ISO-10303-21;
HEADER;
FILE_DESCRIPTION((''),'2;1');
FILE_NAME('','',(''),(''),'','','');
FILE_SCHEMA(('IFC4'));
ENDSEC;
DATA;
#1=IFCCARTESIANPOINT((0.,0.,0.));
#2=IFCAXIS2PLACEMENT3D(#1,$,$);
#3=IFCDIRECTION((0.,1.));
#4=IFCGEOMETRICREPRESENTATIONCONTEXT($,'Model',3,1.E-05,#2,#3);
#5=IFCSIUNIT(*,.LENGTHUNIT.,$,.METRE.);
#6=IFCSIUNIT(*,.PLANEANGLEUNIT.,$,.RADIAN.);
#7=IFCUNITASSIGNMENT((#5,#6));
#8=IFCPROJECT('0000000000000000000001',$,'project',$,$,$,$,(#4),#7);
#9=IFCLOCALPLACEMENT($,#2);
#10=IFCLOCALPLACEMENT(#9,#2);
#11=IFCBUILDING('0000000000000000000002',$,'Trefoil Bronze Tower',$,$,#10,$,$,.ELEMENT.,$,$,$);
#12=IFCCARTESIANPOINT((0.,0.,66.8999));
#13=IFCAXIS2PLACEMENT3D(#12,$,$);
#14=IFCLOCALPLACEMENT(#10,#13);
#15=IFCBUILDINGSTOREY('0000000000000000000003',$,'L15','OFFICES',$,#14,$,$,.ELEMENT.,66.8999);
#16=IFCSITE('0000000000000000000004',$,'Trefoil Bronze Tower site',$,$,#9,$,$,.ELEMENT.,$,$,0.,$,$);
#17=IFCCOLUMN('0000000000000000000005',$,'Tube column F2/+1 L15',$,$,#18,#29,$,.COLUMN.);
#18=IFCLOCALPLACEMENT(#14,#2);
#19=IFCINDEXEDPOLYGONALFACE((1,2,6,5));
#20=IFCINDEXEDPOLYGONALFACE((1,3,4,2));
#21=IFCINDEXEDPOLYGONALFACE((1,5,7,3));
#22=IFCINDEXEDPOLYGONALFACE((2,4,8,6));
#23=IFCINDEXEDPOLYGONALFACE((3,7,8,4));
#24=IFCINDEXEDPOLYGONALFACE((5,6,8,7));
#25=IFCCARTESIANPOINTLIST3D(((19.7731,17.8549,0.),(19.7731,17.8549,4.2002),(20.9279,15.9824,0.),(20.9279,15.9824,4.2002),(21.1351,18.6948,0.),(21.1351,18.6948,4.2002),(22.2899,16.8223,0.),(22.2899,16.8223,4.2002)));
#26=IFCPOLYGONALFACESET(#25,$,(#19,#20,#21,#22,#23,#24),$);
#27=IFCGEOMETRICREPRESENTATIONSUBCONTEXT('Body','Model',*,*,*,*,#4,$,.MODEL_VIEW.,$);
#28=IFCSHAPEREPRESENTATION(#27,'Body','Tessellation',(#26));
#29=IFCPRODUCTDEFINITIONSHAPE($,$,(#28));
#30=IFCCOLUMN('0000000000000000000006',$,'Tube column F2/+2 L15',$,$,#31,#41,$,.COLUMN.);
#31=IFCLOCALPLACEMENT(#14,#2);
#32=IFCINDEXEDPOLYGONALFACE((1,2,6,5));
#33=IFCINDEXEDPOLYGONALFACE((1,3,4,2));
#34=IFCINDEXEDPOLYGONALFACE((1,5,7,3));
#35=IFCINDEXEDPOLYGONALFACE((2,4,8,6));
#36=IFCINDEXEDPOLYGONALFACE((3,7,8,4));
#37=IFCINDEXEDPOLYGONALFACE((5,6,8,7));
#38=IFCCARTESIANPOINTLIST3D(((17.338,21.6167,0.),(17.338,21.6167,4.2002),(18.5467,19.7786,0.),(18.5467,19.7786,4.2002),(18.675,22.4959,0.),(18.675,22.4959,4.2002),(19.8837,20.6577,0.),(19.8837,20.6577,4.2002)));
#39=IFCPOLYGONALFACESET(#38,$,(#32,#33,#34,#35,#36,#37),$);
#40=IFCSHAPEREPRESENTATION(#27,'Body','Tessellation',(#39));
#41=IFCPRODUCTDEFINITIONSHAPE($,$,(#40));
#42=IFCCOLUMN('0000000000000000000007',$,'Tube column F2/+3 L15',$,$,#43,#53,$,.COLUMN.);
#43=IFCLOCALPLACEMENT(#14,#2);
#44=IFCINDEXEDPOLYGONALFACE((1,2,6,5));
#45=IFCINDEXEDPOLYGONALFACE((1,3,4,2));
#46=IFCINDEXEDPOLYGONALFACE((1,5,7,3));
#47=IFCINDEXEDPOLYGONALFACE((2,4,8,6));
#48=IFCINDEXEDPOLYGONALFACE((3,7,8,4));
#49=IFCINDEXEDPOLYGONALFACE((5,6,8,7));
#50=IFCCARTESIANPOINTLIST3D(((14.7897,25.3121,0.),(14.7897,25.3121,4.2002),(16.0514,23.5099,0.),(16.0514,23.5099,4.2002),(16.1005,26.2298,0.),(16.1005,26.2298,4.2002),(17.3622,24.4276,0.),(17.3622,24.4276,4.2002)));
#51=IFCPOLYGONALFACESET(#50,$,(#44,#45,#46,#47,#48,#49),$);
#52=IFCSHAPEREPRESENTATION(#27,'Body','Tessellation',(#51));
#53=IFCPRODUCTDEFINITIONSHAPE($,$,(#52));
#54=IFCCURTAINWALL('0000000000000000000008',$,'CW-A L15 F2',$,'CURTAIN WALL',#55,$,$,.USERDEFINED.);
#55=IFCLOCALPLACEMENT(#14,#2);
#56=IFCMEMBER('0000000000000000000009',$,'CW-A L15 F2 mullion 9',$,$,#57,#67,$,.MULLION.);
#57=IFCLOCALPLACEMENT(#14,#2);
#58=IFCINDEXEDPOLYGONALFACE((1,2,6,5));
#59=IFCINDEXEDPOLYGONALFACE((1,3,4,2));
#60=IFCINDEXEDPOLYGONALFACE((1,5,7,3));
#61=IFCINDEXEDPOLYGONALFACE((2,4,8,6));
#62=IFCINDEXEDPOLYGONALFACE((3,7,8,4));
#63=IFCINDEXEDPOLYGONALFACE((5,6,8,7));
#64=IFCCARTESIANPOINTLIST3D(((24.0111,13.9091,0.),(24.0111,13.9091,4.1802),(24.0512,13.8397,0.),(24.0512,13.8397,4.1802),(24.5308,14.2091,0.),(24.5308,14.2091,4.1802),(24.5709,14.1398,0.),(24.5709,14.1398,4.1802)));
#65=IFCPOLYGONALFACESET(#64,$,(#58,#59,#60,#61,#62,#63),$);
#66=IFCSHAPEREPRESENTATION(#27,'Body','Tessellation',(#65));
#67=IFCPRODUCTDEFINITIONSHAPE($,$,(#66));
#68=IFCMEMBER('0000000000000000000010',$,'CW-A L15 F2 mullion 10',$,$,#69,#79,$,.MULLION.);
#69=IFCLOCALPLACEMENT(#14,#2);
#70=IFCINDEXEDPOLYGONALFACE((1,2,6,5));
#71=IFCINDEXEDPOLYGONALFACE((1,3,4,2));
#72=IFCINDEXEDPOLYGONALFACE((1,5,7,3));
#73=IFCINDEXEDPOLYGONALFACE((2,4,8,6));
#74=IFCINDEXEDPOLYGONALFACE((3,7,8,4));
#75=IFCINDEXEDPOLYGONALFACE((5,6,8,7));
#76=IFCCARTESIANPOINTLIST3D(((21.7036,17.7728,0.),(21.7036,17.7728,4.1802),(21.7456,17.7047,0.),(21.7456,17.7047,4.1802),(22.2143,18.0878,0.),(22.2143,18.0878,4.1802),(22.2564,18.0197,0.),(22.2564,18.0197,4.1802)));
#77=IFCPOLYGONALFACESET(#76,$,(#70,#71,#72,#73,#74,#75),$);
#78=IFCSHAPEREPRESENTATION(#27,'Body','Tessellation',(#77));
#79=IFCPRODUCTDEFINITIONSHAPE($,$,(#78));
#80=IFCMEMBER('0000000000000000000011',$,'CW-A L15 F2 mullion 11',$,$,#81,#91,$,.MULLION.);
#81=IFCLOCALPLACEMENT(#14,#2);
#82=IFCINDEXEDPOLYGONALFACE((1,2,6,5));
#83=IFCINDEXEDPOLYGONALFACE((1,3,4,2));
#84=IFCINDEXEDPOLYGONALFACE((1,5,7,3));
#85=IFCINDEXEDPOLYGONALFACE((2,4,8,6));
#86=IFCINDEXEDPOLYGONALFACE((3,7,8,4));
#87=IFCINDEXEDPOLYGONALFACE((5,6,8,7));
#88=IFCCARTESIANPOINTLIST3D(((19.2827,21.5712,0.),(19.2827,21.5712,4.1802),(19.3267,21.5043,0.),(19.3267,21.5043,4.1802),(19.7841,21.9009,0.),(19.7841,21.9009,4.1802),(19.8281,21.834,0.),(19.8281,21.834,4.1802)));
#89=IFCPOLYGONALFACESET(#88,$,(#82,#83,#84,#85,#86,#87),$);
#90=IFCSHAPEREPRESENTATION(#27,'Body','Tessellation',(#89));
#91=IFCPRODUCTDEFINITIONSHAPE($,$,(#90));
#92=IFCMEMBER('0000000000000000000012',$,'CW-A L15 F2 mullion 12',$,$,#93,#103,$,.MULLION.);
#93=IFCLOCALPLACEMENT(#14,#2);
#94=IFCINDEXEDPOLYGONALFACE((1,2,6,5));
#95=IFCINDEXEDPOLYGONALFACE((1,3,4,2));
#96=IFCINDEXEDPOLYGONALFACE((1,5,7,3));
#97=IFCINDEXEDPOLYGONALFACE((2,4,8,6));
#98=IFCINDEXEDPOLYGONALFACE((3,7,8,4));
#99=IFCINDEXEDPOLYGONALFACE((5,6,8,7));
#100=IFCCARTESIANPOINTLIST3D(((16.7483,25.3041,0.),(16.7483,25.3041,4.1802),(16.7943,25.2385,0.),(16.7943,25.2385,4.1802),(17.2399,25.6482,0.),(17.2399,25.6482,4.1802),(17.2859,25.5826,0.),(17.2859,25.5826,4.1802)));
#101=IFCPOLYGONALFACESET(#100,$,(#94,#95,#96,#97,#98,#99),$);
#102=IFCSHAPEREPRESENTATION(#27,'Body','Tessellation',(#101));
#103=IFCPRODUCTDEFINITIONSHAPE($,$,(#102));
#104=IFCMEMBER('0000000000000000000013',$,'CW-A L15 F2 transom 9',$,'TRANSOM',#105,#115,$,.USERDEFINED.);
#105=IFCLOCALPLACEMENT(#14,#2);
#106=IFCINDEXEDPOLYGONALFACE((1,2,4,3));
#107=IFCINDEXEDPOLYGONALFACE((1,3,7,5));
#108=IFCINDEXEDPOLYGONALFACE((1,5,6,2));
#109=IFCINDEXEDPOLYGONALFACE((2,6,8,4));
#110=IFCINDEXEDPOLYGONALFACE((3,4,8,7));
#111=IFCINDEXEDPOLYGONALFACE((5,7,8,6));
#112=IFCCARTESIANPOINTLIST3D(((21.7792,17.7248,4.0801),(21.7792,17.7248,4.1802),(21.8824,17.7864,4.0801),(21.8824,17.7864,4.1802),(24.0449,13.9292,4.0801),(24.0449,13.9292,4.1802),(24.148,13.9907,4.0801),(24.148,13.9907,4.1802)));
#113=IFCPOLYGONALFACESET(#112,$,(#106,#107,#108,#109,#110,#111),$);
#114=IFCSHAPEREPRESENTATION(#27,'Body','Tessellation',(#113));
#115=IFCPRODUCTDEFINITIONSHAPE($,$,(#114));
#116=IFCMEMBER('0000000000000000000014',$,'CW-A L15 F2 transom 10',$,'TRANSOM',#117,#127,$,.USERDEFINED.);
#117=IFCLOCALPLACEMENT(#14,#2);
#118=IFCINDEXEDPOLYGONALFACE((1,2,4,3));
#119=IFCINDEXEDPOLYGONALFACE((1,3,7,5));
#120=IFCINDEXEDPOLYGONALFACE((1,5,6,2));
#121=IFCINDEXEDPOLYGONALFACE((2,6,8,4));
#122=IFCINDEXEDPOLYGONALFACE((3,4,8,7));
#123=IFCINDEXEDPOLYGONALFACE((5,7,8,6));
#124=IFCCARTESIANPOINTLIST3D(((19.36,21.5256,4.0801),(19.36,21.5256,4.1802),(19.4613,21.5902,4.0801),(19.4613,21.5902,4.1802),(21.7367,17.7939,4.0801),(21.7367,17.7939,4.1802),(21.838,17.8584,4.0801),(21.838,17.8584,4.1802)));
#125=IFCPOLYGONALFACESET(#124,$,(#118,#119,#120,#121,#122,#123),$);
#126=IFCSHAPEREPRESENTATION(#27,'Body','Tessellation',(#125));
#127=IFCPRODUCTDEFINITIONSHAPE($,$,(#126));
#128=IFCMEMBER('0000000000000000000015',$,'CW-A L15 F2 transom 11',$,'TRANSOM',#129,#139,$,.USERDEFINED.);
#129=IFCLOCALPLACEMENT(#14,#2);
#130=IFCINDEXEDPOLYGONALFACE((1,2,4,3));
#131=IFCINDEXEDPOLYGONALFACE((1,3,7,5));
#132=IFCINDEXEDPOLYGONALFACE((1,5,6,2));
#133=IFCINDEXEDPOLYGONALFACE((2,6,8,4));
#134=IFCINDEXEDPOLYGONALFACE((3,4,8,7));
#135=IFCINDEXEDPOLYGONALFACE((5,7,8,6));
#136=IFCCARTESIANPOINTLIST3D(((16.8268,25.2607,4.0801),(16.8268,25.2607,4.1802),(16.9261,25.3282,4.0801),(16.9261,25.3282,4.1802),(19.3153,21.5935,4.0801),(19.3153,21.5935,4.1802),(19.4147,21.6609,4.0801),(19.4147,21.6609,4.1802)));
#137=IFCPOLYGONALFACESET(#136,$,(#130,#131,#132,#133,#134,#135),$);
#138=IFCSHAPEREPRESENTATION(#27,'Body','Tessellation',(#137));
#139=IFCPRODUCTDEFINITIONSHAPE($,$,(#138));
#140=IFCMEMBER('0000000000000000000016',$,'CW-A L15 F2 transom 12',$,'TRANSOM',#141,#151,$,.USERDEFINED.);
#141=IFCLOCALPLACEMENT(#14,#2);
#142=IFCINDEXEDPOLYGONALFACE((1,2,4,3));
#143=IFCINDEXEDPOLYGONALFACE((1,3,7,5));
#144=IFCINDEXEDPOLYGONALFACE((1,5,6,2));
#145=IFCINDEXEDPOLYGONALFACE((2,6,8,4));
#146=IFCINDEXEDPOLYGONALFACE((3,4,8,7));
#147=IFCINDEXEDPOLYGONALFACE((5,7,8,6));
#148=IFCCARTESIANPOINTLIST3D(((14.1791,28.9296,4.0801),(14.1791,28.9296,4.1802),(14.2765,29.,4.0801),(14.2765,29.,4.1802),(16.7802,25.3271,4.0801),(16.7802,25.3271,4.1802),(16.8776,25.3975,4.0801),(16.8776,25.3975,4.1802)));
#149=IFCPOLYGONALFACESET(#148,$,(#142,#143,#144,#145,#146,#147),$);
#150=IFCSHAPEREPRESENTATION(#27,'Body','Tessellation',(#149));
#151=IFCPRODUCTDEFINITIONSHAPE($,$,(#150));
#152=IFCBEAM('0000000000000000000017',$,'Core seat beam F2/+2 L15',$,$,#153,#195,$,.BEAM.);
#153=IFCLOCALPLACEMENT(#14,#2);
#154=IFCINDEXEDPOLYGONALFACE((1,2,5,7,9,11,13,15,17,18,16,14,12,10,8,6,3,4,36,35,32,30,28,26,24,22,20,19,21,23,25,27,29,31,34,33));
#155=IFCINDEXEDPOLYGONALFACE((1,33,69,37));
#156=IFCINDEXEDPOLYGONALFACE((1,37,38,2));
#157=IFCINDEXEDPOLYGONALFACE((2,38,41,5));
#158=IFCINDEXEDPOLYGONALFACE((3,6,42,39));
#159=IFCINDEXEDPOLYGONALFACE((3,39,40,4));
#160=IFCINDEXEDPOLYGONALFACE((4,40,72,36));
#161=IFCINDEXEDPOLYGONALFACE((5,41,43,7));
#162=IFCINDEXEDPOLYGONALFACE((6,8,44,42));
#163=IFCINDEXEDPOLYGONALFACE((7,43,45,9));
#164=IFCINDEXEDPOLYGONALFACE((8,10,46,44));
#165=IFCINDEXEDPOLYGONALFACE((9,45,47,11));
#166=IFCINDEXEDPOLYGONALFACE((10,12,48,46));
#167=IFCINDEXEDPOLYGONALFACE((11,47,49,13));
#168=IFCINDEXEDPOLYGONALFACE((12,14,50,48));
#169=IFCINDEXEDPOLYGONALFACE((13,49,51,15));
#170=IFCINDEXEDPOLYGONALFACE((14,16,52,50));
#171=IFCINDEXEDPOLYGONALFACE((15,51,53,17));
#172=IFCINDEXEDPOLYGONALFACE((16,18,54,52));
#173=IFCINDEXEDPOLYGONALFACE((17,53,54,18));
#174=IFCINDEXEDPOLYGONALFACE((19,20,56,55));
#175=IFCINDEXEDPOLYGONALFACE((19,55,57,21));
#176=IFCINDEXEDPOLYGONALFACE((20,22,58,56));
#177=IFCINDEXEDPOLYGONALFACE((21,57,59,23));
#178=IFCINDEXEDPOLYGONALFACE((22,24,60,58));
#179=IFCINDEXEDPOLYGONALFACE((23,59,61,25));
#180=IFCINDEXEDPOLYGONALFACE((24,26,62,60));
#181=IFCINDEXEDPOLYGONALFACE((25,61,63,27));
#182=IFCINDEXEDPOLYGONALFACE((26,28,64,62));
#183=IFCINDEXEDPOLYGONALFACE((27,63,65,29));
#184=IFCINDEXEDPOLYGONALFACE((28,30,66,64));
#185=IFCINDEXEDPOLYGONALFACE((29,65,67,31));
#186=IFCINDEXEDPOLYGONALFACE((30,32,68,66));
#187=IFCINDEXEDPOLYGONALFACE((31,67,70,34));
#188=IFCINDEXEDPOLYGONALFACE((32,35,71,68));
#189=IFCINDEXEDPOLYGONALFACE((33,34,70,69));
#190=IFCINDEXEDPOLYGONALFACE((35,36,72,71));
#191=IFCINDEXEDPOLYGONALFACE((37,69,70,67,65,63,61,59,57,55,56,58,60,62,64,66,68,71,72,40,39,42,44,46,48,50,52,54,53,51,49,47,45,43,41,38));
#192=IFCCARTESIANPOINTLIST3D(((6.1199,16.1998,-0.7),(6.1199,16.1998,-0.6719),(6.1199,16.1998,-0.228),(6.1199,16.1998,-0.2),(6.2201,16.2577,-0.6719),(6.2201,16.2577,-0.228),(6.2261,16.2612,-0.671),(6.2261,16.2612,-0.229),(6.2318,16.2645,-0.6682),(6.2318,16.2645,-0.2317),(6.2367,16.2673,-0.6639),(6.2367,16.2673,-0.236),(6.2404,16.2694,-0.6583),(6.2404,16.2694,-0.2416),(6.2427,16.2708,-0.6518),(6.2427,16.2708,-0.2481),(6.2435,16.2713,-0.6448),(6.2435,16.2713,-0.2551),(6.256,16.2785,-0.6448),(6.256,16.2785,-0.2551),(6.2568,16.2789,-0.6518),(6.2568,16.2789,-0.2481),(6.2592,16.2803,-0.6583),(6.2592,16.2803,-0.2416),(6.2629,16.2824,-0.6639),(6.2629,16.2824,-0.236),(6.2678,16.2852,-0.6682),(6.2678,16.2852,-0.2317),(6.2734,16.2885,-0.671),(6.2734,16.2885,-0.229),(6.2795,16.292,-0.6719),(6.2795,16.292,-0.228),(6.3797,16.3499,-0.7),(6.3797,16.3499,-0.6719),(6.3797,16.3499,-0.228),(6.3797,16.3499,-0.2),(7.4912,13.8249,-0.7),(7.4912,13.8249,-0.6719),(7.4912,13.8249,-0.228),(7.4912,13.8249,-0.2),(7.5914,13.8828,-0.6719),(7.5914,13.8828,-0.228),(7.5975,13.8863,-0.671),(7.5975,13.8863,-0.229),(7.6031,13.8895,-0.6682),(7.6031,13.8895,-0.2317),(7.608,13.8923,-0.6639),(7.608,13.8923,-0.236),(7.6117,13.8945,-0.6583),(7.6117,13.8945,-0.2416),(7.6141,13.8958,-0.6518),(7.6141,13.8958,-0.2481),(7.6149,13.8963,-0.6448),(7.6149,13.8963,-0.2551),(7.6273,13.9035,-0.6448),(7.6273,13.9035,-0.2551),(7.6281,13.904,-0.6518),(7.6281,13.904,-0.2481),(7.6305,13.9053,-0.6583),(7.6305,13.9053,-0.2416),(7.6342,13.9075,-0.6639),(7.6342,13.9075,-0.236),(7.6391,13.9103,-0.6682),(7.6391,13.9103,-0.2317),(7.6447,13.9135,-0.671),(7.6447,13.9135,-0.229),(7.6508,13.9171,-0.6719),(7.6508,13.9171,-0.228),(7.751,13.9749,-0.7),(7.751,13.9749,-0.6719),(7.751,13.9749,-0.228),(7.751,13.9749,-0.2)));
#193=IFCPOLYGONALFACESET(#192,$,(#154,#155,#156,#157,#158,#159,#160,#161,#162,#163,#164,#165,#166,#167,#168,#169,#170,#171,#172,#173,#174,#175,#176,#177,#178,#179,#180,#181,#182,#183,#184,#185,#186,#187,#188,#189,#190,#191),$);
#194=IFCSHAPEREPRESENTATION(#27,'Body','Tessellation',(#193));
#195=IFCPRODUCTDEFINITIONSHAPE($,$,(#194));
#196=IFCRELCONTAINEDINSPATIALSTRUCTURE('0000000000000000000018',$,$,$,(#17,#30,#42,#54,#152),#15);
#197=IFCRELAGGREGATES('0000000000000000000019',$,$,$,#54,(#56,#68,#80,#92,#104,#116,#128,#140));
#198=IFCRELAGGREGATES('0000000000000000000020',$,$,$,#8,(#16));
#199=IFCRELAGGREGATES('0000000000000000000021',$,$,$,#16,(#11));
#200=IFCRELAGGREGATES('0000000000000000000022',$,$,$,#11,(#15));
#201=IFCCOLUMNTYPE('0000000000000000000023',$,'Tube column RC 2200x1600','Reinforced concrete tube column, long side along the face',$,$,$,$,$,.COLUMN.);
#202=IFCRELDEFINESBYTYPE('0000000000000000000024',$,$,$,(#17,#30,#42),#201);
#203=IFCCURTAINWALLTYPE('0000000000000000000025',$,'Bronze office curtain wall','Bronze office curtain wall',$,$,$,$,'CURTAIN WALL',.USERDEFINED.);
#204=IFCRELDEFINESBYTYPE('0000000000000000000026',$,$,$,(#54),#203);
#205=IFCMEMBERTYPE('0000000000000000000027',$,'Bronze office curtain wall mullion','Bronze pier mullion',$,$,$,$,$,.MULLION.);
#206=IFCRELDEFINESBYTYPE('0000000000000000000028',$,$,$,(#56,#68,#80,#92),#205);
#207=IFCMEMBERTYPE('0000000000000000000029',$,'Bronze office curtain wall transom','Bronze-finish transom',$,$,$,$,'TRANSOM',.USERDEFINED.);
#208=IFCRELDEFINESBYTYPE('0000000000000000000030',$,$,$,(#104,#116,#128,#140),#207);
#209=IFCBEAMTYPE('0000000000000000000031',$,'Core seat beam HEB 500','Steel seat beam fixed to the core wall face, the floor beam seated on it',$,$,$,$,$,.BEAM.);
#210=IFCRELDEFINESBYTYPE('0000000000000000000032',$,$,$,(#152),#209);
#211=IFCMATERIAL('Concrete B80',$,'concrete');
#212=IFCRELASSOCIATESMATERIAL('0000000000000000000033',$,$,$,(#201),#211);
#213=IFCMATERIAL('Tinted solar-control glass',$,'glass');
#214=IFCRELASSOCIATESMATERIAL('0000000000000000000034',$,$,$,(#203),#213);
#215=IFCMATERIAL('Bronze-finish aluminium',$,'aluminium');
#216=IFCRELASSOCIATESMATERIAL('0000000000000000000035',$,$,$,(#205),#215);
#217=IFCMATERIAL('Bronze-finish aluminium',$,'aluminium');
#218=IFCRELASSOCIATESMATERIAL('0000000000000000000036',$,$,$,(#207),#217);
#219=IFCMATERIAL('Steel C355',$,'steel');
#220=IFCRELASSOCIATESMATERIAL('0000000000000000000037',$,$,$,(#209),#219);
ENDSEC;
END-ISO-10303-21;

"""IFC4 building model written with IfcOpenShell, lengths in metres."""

from ifc_helpers import new_model, si_unit, direction, frame, origin, origin_2d, place, context, subcontext, project, spatial, rectangle, i_section, extrude, material, material_profile, profile_set, type_object, element, aggregate, save


model = new_model("IFC4")

# Units and contexts
model_context = context("Model", 3, precision=1e-05, world=origin(), true_north=direction((0.0, 1.0)))
body_context = subcontext(model_context, "Body", "Model", "MODEL_VIEW")
ifc_project = project(units=[si_unit("LENGTHUNIT", "METRE"), si_unit("PLANEANGLEUNIT", "RADIAN")], contexts=[model_context])

# Site, building, storey
site_placement = place(None, origin())
site = spatial("IfcSite", under=ifc_project, at=site_placement, Name="Trefoil Bronze Tower site", CompositionType="ELEMENT", RefElevation=0.0)
building_placement = place(site_placement, origin())
building = spatial("IfcBuilding", under=site, at=building_placement, Name="Trefoil Bronze Tower", CompositionType="ELEMENT")
storey_placement = place(building_placement, frame((0.0, 0.0, 66.8999)))
storey = spatial("IfcBuildingStorey", under=building, at=storey_placement, Name="L15", Description="OFFICES", CompositionType="ELEMENT", Elevation=66.8999)

# Columns
ifc_material_1 = material(Name="Concrete B80", Category="concrete")
ifc_material_profile_1 = material_profile(ifc_material_1, rectangle(XDim=2.2, YDim=1.6001, at=origin_2d()), Name="RC 2200x1600")
ifc_profile_set_1 = profile_set([ifc_material_profile_1], Name="Concrete B80")
column_type = type_object("IfcColumnType", Name="Tube column RC 2200x1600", Description="Reinforced concrete tube column, long side along the face", PredefinedType="COLUMN", material=ifc_profile_set_1)
for number, where, z_axis, x_axis, name in (
    (1, (21.0315, 17.3386, 0.0), (0.0, 0.0, 1.0), (-0.524923, 0.85115, 0.0), "Tube column F2/+1 L15"),
    (2, (18.6108, 21.1372, 0.0), (0.0, 0.0, 1.0), (-0.549424, 0.835544, 0.0), "Tube column F2/+2 L15"),
    (3, (16.0759, 24.8699, 0.0), (0.0, 0.0, 1.0), (-0.573502, 0.819204, 0.0), "Tube column F2/+3 L15"),
):
    element("IfcColumn", number, at=place(storey_placement, frame(where, z_axis=z_axis, x_axis=x_axis)), inside=storey, type_object=column_type, Name=name, PredefinedType="COLUMN", context=body_context, shape_type="SweptSolid", body=[
        extrude(rectangle(XDim=2.2, YDim=1.6001, at=origin_2d()), origin(), (0.0, 0.0, 1.0), 4.2002),
    ])

# Curtain wall, members
ifc_material_2 = material(Name="Tinted solar-control glass", Category="glass")
curtain_wall_type = type_object("IfcCurtainWallType", Name="Bronze office curtain wall", Description="Bronze office curtain wall", ElementType="CURTAIN WALL", PredefinedType="USERDEFINED", material=ifc_material_2)
curtain_wall_placement = place(storey_placement, origin())
curtain_wall = element("IfcCurtainWall", 4, at=curtain_wall_placement, inside=storey, type_object=curtain_wall_type, Name="CW-A L15 F2", ObjectType="CURTAIN WALL", PredefinedType="USERDEFINED")
ifc_material_3 = material(Name="Bronze-finish aluminium", Category="aluminium")
ifc_material_profile_2 = material_profile(ifc_material_3, rectangle(XDim=0.6001, YDim=0.0801, at=origin_2d()), Name="CW-A mullion")
ifc_profile_set_2 = profile_set([ifc_material_profile_2], Name="Bronze-finish aluminium")
member_type_1 = type_object("IfcMemberType", Name="Bronze office curtain wall mullion", Description="Bronze pier mullion", PredefinedType="MULLION", material=ifc_profile_set_2)
member_1_placement = place(storey_placement, frame((24.291, 14.0244, 0.0), z_axis=(0.0, 0.0, 1.0), x_axis=(-0.866025, -0.5, 0.0)))
member_1 = element("IfcMember", 5, at=member_1_placement, type_object=member_type_1, Name="CW-A L15 F2 mullion 9", PredefinedType="MULLION", context=body_context, shape_type="SweptSolid", body=[
    extrude(rectangle(XDim=0.6001, YDim=0.0801, at=origin_2d()), origin(), (0.0, 0.0, 1.0), 4.1802),
])
member_2_placement = place(storey_placement, frame((21.98, 17.8962, 0.0), z_axis=(0.0, 0.0, 1.0), x_axis=(-0.85115, -0.524923, 0.0)))
member_2 = element("IfcMember", 6, at=member_2_placement, type_object=member_type_1, Name="CW-A L15 F2 mullion 10", PredefinedType="MULLION", context=body_context, shape_type="SweptSolid", body=[
    extrude(rectangle(XDim=0.6001, YDim=0.0801, at=origin_2d()), origin(), (0.0, 0.0, 1.0), 4.1802),
])
member_3_placement = place(storey_placement, frame((19.5554, 21.7026, 0.0), z_axis=(0.0, 0.0, 1.0), x_axis=(-0.835544, -0.549424, 0.0)))
member_3 = element("IfcMember", 7, at=member_3_placement, type_object=member_type_1, Name="CW-A L15 F2 mullion 11", PredefinedType="MULLION", context=body_context, shape_type="SweptSolid", body=[
    extrude(rectangle(XDim=0.6001, YDim=0.0801, at=origin_2d()), origin(), (0.0, 0.0, 1.0), 4.1802),
])
member_4_placement = place(storey_placement, frame((17.0171, 25.4434, 0.0), z_axis=(0.0, 0.0, 1.0), x_axis=(-0.819204, -0.573502, 0.0)))
member_4 = element("IfcMember", 8, at=member_4_placement, type_object=member_type_1, Name="CW-A L15 F2 mullion 12", PredefinedType="MULLION", context=body_context, shape_type="SweptSolid", body=[
    extrude(rectangle(XDim=0.6001, YDim=0.0801, at=origin_2d()), origin(), (0.0, 0.0, 1.0), 4.1802),
])
ifc_material_4 = material(Name="Bronze-finish aluminium", Category="aluminium")
ifc_material_profile_3 = material_profile(ifc_material_4, rectangle(XDim=0.1201, YDim=0.1001, at=origin_2d()), Name="CW-A transom")
ifc_profile_set_3 = profile_set([ifc_material_profile_3], Name="Bronze-finish aluminium")
member_type_2 = type_object("IfcMemberType", Name="Bronze office curtain wall transom", Description="Bronze-finish transom", ElementType="TRANSOM", PredefinedType="USERDEFINED", material=ifc_profile_set_3)
member_5_placement = place(storey_placement, frame((24.0964, 13.96, 4.1301), z_axis=(-0.512537, 0.858665, 0.0), x_axis=(-0.858665, -0.512537, 0.0)))
member_5 = element("IfcMember", 9, at=member_5_placement, type_object=member_type_2, Name="CW-A L15 F2 transom 9", ObjectType="TRANSOM", PredefinedType="USERDEFINED", context=body_context, shape_type="SweptSolid", body=[
    extrude(rectangle(XDim=0.1201, YDim=0.1001, at=origin_2d()), origin(), (0.0, 0.0, 1.0), 4.4204),
])
member_6_placement = place(storey_placement, frame((21.7874, 17.8262, 4.1301), z_axis=(-0.537197, 0.843457, 0.0), x_axis=(-0.843457, -0.537197, 0.0)))
member_6 = element("IfcMember", 10, at=member_6_placement, type_object=member_type_2, Name="CW-A L15 F2 transom 10", ObjectType="TRANSOM", PredefinedType="USERDEFINED", context=body_context, shape_type="SweptSolid", body=[
    extrude(rectangle(XDim=0.1201, YDim=0.1001, at=origin_2d()), origin(), (0.0, 0.0, 1.0), 4.4243),
])
member_7_placement = place(storey_placement, frame((19.365, 21.6272, 4.1301), z_axis=(-0.561508, 0.827471, 0.0), x_axis=(-0.827471, -0.561508, 0.0)))
member_7 = element("IfcMember", 11, at=member_7_placement, type_object=member_type_2, Name="CW-A L15 F2 transom 11", ObjectType="TRANSOM", PredefinedType="USERDEFINED", context=body_context, shape_type="SweptSolid", body=[
    extrude(rectangle(XDim=0.1201, YDim=0.1001, at=origin_2d()), origin(), (0.0, 0.0, 1.0), 4.4319),
])
member_8_placement = place(storey_placement, frame((16.8289, 25.3623, 4.1301), z_axis=(-0.585378, 0.81076, 0.0), x_axis=(-0.81076, -0.585378, 0.0)))
member_8 = element("IfcMember", 12, at=member_8_placement, type_object=member_type_2, Name="CW-A L15 F2 transom 12", ObjectType="TRANSOM", PredefinedType="USERDEFINED", context=body_context, shape_type="SweptSolid", body=[
    extrude(rectangle(XDim=0.1201, YDim=0.1001, at=origin_2d()), origin(), (0.0, 0.0, 1.0), 4.4434),
])

# Beam
ifc_material_5 = material(Name="Steel C355", Category="steel")
ifc_material_profile_4 = material_profile(ifc_material_5, i_section(OverallWidth=0.3, OverallDepth=0.5, WebThickness=0.0144, FlangeThickness=0.0281, FilletRadius=0.0271, at=origin_2d()), Name="HEB 500")
ifc_profile_set_4 = profile_set([ifc_material_profile_4], Name="Steel C355")
beam_type_1 = type_object("IfcBeamType", Name="Core seat beam HEB 500", Description="Steel seat beam fixed to the core wall face, the floor beam seated on it", PredefinedType="BEAM", material=ifc_profile_set_4)
beam_1_placement = place(storey_placement, frame((7.6211, 13.8999, -0.45), z_axis=(-0.500036, 0.866005, 0.0), x_axis=(-0.866005, -0.500036, 0.0)))
element("IfcBeam", 13, at=beam_1_placement, inside=storey, type_object=beam_type_1, Name="Core seat beam F2/+2 L15", PredefinedType="BEAM", context=body_context, shape_type="SweptSolid", body=[
    extrude(i_section(OverallWidth=0.3, OverallDepth=0.5, WebThickness=0.0144, FlangeThickness=0.0281, FilletRadius=0.0271, at=origin_2d()), origin(), (0.0, 0.0, 1.0), 2.7424),
])

aggregate(curtain_wall, [member_1, member_2, member_3, member_4, member_5, member_6, member_7, member_8])

save(model, "model.ifc")
